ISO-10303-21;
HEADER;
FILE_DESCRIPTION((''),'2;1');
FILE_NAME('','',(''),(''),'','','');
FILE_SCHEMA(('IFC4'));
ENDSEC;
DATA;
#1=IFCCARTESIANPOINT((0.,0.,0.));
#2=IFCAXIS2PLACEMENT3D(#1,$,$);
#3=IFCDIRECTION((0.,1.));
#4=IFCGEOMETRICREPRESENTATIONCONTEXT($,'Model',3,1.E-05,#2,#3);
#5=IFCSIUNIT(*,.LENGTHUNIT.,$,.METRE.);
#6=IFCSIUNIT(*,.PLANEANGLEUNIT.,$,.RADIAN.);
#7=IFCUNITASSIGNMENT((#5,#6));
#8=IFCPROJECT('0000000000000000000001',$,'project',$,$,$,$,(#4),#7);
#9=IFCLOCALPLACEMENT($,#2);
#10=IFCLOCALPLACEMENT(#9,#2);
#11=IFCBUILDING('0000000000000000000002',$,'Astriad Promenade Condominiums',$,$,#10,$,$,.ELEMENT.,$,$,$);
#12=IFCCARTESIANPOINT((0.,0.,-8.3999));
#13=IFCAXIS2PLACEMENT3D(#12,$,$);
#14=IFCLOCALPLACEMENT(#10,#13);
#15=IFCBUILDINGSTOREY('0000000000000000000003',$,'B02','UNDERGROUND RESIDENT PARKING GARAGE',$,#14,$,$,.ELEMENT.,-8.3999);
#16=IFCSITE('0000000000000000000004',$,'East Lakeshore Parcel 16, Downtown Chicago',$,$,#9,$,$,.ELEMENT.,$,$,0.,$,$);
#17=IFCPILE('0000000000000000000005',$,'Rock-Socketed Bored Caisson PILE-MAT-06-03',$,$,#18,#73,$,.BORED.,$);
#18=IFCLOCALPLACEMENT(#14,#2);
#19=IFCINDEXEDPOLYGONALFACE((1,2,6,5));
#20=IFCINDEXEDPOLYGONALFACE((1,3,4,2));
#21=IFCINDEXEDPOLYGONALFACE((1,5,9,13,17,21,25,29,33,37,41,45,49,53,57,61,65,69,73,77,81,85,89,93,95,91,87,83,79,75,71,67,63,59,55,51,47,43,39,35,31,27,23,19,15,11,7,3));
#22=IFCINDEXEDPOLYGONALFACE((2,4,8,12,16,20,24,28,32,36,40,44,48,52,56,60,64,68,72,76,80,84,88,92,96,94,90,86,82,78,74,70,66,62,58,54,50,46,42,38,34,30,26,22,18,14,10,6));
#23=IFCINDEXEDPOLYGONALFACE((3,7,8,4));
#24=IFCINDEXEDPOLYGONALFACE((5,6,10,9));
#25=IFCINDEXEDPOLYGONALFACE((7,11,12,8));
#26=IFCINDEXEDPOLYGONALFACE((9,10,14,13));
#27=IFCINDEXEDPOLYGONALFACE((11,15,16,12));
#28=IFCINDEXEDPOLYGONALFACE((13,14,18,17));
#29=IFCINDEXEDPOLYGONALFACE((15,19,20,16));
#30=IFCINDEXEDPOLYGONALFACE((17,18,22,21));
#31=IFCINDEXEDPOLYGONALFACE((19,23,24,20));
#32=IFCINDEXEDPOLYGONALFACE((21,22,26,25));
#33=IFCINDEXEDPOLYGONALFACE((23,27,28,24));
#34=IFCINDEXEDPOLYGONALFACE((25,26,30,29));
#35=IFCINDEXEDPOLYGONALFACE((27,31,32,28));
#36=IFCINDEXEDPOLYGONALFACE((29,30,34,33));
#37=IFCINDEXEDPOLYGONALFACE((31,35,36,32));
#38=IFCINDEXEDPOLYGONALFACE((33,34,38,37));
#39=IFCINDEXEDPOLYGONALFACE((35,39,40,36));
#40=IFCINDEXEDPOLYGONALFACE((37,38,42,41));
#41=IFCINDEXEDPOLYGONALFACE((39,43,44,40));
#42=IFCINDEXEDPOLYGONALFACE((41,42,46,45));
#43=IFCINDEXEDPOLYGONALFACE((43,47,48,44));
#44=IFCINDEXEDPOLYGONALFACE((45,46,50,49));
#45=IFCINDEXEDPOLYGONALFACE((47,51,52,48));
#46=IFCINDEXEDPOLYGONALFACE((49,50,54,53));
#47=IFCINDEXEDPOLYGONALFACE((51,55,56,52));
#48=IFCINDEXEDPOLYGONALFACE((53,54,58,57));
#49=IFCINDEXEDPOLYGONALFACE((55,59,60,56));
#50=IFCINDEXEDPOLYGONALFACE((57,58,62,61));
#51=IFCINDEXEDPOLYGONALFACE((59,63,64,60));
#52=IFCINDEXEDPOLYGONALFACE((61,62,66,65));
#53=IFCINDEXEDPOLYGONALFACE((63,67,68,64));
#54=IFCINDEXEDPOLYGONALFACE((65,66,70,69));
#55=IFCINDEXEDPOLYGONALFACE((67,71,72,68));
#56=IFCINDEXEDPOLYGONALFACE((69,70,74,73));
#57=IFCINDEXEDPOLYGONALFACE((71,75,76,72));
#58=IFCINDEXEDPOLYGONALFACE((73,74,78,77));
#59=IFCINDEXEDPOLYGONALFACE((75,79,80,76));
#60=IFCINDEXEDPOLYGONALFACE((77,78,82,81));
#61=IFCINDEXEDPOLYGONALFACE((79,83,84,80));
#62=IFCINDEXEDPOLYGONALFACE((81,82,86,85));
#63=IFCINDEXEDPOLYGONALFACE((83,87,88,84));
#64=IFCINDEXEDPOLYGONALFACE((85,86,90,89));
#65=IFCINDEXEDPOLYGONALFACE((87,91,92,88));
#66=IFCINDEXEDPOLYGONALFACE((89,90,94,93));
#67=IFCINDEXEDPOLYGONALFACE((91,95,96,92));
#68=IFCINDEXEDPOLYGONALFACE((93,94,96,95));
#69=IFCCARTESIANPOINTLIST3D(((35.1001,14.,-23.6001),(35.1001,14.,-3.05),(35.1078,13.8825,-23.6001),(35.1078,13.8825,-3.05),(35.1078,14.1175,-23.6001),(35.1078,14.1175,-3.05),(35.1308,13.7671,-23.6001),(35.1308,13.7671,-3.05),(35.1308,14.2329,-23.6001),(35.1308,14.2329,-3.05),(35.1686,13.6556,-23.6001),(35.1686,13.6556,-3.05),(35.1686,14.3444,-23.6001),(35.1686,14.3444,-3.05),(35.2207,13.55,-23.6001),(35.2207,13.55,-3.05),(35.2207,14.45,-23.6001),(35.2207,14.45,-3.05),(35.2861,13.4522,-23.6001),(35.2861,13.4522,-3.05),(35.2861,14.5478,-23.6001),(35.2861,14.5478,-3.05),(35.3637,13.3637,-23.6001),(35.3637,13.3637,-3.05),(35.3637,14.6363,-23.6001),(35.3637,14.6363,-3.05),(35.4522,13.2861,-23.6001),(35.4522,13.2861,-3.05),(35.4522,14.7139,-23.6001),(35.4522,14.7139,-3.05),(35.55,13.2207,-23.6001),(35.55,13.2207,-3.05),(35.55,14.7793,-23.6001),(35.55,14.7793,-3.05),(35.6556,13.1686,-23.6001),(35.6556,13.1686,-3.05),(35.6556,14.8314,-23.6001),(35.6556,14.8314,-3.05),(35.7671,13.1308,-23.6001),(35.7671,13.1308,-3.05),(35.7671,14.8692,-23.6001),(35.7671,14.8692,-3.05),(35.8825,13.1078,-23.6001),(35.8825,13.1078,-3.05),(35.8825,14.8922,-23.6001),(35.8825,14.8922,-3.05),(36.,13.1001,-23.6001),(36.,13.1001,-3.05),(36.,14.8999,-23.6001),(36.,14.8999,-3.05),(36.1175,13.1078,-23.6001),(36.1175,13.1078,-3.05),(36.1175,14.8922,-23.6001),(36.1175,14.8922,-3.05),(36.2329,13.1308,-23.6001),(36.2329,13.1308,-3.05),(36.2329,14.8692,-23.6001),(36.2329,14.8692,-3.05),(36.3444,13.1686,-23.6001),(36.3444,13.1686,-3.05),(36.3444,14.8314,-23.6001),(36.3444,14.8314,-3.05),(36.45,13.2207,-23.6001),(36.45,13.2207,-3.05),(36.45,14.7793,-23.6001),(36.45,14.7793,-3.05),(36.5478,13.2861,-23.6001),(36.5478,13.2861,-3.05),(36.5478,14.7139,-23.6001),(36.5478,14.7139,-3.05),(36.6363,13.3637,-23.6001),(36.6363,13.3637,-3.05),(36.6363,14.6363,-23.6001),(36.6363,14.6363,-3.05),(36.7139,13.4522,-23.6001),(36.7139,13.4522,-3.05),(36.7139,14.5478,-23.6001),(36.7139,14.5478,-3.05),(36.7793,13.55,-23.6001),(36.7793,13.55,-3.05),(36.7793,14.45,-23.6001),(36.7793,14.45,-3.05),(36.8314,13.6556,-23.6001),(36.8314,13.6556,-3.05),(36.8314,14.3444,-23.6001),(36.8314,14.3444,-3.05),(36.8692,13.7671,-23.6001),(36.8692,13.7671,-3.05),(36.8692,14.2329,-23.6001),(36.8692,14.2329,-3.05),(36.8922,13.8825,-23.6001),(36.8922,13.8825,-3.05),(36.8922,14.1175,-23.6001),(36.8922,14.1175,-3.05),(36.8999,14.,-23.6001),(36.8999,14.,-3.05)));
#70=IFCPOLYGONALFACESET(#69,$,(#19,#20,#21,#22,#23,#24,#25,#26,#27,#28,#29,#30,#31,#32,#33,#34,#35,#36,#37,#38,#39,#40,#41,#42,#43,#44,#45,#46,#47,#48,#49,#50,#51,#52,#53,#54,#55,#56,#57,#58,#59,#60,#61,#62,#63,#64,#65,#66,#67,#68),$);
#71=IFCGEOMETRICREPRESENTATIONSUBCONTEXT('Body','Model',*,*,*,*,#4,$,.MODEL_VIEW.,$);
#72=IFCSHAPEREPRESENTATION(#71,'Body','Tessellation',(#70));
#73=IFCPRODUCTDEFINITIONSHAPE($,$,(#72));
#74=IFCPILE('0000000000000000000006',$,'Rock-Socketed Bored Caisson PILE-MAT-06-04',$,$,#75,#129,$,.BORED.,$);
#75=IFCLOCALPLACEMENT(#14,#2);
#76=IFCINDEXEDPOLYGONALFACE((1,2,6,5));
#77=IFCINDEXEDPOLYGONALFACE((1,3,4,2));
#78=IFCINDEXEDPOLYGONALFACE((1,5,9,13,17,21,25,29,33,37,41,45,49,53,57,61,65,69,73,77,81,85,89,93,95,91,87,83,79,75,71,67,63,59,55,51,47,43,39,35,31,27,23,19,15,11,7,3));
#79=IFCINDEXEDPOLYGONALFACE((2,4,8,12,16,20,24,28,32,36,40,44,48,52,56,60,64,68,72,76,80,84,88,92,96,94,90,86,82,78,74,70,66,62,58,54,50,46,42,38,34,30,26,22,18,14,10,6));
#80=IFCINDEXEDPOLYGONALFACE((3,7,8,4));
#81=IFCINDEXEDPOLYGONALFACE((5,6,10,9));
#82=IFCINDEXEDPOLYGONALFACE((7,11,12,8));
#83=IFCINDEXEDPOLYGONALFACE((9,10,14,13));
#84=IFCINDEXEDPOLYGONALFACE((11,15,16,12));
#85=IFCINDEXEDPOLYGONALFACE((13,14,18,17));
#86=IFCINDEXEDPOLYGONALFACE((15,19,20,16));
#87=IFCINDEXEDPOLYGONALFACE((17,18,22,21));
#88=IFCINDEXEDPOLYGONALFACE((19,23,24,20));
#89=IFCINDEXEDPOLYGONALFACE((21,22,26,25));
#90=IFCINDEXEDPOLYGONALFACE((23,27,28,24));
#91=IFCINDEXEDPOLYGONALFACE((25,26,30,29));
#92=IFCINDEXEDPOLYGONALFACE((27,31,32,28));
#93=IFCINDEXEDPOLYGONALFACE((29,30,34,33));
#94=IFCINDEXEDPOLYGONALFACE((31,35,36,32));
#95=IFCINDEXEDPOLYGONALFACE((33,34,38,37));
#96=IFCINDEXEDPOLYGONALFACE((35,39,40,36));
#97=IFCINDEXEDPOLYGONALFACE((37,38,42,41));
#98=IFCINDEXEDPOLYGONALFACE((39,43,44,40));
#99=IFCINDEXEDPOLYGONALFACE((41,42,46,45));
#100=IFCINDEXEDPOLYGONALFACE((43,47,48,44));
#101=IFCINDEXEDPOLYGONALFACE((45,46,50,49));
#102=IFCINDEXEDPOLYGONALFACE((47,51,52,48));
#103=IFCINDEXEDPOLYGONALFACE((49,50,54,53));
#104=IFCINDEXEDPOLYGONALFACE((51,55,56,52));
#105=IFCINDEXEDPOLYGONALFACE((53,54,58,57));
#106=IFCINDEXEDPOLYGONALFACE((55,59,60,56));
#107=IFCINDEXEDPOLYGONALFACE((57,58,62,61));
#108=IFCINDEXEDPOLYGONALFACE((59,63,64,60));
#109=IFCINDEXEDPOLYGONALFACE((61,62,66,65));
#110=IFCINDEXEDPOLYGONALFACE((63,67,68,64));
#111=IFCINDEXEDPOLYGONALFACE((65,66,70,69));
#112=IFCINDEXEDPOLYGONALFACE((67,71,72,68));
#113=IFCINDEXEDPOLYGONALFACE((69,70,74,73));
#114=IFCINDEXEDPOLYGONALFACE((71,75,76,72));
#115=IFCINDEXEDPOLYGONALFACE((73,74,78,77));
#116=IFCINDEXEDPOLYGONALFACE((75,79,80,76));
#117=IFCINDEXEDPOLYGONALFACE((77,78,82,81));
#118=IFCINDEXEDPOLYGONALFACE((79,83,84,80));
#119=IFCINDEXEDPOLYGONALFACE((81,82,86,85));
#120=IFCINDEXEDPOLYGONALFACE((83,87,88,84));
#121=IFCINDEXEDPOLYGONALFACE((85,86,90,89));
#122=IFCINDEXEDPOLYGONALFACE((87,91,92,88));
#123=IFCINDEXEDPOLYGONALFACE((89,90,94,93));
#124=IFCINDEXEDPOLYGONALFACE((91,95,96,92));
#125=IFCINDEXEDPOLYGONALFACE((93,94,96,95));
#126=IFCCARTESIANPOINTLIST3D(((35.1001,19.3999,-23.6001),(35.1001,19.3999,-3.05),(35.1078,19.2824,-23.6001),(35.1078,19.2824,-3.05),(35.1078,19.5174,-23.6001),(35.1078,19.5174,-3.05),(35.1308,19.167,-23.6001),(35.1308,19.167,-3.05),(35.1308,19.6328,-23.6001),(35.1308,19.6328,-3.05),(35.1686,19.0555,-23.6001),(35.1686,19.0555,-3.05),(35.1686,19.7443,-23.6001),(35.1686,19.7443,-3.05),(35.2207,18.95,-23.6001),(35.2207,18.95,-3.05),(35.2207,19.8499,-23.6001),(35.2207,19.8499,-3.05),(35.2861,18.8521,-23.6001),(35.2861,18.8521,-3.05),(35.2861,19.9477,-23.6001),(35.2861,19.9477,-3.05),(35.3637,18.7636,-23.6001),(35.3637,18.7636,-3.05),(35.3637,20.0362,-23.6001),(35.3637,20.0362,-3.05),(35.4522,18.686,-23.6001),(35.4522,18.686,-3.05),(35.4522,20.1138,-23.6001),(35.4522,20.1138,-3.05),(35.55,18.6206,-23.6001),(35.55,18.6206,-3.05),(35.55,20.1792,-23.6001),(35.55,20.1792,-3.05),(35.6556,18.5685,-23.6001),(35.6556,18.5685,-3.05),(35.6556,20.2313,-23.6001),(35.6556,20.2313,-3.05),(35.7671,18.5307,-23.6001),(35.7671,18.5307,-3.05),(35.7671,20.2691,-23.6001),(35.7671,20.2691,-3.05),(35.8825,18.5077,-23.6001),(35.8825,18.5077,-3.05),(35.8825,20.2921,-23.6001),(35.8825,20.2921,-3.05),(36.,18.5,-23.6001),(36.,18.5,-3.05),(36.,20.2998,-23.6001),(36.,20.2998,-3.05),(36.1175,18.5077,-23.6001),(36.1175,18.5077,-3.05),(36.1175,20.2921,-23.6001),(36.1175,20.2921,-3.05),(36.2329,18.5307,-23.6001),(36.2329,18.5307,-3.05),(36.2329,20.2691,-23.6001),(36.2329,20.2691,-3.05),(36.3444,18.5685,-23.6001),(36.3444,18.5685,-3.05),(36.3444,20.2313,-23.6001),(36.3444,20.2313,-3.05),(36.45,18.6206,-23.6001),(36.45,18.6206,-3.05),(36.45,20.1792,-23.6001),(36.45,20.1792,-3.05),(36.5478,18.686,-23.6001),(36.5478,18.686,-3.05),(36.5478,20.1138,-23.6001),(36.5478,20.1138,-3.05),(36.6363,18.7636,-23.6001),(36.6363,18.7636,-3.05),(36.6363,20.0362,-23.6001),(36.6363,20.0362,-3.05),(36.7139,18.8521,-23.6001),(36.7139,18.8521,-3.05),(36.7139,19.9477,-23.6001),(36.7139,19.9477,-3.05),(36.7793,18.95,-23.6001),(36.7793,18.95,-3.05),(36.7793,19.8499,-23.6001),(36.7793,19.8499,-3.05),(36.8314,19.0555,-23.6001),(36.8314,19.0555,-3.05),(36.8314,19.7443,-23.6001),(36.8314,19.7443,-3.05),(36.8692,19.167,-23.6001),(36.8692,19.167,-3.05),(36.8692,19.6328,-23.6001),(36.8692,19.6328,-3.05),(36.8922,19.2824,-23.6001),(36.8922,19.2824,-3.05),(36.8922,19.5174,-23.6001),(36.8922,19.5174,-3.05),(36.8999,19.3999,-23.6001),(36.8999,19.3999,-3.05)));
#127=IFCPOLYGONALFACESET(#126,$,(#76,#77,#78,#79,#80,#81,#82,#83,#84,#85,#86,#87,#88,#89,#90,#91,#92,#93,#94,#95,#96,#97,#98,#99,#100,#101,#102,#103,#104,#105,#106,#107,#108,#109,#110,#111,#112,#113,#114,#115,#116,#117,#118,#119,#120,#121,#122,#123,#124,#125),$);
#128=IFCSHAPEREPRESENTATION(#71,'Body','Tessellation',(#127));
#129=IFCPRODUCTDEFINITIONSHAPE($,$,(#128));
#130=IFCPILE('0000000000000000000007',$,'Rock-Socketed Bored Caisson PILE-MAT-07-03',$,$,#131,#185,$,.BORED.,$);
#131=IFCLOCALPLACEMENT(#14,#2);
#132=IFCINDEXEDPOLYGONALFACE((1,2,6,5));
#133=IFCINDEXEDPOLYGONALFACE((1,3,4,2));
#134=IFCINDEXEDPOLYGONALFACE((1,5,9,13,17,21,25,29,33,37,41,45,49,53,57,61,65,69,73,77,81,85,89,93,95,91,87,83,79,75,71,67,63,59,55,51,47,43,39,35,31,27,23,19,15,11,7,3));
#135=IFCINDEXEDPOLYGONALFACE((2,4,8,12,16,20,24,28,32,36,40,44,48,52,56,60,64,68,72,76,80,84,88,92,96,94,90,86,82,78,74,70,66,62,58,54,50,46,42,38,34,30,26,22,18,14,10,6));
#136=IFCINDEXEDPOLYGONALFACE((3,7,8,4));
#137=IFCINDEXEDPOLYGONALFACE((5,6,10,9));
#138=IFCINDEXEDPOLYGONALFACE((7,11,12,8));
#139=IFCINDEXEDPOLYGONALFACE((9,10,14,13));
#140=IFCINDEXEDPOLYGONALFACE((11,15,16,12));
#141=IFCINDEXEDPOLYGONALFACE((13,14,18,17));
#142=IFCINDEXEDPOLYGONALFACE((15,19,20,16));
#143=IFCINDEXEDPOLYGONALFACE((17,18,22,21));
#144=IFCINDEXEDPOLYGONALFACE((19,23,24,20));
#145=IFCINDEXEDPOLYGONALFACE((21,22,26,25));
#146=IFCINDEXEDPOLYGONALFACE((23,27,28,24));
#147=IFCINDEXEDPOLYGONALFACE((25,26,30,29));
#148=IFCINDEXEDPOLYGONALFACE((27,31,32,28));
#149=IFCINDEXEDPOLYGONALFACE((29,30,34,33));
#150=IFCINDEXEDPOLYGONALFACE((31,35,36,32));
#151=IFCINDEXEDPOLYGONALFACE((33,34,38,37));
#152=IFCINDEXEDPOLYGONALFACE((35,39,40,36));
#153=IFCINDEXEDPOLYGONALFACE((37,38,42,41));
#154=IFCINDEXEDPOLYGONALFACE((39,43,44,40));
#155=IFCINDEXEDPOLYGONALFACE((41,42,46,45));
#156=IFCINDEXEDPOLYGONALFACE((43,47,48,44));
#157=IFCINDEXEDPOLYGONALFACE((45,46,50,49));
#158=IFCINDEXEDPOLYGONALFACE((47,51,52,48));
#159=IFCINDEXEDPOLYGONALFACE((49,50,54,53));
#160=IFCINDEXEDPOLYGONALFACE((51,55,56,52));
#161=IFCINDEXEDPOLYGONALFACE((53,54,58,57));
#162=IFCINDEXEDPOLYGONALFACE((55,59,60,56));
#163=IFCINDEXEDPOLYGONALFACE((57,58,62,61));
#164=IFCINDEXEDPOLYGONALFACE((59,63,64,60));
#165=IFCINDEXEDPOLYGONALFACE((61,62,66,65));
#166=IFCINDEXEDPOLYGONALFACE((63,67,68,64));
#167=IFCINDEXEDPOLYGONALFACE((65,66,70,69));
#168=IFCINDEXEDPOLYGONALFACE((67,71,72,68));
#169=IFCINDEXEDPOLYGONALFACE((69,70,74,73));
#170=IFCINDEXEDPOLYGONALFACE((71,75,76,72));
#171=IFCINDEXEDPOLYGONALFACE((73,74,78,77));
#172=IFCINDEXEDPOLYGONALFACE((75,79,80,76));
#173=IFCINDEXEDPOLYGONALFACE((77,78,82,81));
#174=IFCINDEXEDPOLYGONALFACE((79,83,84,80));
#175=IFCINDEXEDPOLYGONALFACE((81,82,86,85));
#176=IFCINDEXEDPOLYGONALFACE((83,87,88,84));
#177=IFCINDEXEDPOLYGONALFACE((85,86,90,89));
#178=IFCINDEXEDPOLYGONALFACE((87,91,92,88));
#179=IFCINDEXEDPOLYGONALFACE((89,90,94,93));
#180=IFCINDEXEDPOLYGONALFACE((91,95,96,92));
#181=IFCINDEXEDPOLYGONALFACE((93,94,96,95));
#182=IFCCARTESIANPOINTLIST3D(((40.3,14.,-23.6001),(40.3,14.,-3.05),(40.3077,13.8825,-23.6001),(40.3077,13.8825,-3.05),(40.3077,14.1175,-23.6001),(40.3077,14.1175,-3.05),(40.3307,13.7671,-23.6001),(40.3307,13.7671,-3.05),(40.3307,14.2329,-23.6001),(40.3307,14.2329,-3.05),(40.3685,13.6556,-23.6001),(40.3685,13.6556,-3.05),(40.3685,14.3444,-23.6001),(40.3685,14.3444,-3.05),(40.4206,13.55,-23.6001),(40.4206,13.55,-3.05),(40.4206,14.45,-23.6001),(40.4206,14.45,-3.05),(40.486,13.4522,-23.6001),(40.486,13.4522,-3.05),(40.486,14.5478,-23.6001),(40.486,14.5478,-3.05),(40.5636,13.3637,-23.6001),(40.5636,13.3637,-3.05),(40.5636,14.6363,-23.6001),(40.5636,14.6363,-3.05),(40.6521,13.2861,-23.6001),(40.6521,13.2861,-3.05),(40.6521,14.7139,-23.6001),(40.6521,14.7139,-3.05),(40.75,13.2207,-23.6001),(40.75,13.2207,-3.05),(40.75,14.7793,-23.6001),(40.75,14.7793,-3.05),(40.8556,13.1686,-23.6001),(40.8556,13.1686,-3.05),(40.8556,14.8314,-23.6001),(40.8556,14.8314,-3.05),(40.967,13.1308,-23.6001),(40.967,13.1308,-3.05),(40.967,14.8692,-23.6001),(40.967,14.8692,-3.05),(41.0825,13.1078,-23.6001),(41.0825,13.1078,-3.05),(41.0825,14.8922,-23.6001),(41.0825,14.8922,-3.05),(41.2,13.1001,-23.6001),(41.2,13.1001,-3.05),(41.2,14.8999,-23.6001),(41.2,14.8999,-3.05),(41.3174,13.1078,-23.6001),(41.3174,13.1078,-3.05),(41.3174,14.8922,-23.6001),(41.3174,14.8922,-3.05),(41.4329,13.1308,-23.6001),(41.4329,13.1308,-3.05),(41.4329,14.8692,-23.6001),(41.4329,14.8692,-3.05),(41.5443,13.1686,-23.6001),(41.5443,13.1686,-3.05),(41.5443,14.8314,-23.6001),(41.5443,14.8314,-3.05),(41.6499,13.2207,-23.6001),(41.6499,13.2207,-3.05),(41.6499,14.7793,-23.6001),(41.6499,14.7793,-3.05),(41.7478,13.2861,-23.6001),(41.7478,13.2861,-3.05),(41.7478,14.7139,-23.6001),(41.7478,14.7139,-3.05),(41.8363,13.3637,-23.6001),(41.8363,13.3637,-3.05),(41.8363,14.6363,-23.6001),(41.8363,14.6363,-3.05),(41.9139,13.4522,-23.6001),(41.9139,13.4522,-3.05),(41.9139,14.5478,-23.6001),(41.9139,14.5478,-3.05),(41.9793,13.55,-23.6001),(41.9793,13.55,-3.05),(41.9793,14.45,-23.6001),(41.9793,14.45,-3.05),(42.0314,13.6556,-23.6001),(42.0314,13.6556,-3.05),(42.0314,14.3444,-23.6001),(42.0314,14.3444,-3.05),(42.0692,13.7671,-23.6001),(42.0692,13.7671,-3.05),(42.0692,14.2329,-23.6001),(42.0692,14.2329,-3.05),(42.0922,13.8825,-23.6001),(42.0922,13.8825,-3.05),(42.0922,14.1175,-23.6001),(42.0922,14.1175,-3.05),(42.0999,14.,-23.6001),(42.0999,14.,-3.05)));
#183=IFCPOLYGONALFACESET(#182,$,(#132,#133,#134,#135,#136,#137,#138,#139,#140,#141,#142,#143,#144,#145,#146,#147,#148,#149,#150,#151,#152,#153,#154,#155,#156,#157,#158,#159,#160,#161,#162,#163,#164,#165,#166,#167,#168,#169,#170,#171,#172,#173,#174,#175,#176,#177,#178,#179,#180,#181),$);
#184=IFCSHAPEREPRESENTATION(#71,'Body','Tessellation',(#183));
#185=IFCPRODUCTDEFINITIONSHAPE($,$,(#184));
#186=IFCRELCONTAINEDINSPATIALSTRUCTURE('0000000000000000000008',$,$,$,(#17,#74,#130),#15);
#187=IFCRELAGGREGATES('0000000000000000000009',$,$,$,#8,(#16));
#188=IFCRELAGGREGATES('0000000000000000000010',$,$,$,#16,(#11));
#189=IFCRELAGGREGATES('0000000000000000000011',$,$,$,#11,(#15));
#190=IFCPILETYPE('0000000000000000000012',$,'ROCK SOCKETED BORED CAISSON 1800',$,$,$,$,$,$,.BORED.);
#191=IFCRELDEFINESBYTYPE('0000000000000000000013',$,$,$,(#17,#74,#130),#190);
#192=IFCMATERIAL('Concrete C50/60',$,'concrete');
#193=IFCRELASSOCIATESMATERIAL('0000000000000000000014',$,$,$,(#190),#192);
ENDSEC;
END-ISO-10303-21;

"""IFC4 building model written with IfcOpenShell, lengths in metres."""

from ifc_helpers import new_model, si_unit, direction, frame, origin, origin_2d, place, context, subcontext, project, spatial, circle, extrude, source, transform, mapped, material, material_profile, profile_set, type_object, type_shapes, element, save


model = new_model("IFC4")

# Units and contexts
model_context = context("Model", 3, precision=1e-05, world=origin(), true_north=direction((0.0, 1.0)))
body_context = subcontext(model_context, "Body", "Model", "MODEL_VIEW")
ifc_project = project(units=[si_unit("LENGTHUNIT", "METRE"), si_unit("PLANEANGLEUNIT", "RADIAN")], contexts=[model_context])

# Site, building, storey
site_placement = place(None, origin())
site = spatial("IfcSite", under=ifc_project, at=site_placement, Name="East Lakeshore Parcel 16, Downtown Chicago", CompositionType="ELEMENT", RefElevation=0.0)
building_placement = place(site_placement, origin())
building = spatial("IfcBuilding", under=site, at=building_placement, Name="Astriad Promenade Condominiums", CompositionType="ELEMENT")
storey_placement = place(building_placement, frame((0.0, 0.0, -8.3999)))
storey = spatial("IfcBuildingStorey", under=building, at=storey_placement, Name="B02", Description="UNDERGROUND RESIDENT PARKING GARAGE", CompositionType="ELEMENT", Elevation=-8.3999)

# Piles
ifc_material_1 = material(Name="Concrete C50/60", Category="concrete")
ifc_material_profile_1 = material_profile(ifc_material_1, circle(Radius=0.8999, at=origin_2d()), Name="CAISSON-D1800")
ifc_profile_set_1 = profile_set([ifc_material_profile_1], Name="Concrete C50/60")
pile_type_1 = type_object("IfcPileType", Name="ROCK SOCKETED BORED CAISSON 1800", PredefinedType="BORED", material=ifc_profile_set_1)
shared_shape_1 = source(origin(), body_context, "Body", "SweptSolid", [
    extrude(circle(Radius=0.8999, at=origin_2d()), origin(), (0.0, 0.0, 1.0), 20.55),
])
type_shapes(pile_type_1, [shared_shape_1])
for number, where, z_axis, x_axis, name in (
    (1, (36.0, 14.0, -3.05), (0.0, 0.0, -1.0), (1.0, 0.0, 0.0), "Rock-Socketed Bored Caisson PILE-MAT-06-03"),
    (2, (36.0, 19.3999, -3.05), (0.0, 0.0, -1.0), (1.0, 0.0, 0.0), "Rock-Socketed Bored Caisson PILE-MAT-06-04"),
    (3, (41.2, 14.0, -3.05), (0.0, 0.0, -1.0), (1.0, 0.0, 0.0), "Rock-Socketed Bored Caisson PILE-MAT-07-03"),
):
    element("IfcPile", number, at=place(storey_placement, frame(where, z_axis=z_axis, x_axis=x_axis)), inside=storey, type_object=pile_type_1, Name=name, PredefinedType="BORED", context=body_context, shape_type="MappedRepresentation", body=[
        mapped(shared_shape_1, transform((0.0, 0.0, 0.0), scale=1.0)),
    ])

save(model, "model.ifc")
